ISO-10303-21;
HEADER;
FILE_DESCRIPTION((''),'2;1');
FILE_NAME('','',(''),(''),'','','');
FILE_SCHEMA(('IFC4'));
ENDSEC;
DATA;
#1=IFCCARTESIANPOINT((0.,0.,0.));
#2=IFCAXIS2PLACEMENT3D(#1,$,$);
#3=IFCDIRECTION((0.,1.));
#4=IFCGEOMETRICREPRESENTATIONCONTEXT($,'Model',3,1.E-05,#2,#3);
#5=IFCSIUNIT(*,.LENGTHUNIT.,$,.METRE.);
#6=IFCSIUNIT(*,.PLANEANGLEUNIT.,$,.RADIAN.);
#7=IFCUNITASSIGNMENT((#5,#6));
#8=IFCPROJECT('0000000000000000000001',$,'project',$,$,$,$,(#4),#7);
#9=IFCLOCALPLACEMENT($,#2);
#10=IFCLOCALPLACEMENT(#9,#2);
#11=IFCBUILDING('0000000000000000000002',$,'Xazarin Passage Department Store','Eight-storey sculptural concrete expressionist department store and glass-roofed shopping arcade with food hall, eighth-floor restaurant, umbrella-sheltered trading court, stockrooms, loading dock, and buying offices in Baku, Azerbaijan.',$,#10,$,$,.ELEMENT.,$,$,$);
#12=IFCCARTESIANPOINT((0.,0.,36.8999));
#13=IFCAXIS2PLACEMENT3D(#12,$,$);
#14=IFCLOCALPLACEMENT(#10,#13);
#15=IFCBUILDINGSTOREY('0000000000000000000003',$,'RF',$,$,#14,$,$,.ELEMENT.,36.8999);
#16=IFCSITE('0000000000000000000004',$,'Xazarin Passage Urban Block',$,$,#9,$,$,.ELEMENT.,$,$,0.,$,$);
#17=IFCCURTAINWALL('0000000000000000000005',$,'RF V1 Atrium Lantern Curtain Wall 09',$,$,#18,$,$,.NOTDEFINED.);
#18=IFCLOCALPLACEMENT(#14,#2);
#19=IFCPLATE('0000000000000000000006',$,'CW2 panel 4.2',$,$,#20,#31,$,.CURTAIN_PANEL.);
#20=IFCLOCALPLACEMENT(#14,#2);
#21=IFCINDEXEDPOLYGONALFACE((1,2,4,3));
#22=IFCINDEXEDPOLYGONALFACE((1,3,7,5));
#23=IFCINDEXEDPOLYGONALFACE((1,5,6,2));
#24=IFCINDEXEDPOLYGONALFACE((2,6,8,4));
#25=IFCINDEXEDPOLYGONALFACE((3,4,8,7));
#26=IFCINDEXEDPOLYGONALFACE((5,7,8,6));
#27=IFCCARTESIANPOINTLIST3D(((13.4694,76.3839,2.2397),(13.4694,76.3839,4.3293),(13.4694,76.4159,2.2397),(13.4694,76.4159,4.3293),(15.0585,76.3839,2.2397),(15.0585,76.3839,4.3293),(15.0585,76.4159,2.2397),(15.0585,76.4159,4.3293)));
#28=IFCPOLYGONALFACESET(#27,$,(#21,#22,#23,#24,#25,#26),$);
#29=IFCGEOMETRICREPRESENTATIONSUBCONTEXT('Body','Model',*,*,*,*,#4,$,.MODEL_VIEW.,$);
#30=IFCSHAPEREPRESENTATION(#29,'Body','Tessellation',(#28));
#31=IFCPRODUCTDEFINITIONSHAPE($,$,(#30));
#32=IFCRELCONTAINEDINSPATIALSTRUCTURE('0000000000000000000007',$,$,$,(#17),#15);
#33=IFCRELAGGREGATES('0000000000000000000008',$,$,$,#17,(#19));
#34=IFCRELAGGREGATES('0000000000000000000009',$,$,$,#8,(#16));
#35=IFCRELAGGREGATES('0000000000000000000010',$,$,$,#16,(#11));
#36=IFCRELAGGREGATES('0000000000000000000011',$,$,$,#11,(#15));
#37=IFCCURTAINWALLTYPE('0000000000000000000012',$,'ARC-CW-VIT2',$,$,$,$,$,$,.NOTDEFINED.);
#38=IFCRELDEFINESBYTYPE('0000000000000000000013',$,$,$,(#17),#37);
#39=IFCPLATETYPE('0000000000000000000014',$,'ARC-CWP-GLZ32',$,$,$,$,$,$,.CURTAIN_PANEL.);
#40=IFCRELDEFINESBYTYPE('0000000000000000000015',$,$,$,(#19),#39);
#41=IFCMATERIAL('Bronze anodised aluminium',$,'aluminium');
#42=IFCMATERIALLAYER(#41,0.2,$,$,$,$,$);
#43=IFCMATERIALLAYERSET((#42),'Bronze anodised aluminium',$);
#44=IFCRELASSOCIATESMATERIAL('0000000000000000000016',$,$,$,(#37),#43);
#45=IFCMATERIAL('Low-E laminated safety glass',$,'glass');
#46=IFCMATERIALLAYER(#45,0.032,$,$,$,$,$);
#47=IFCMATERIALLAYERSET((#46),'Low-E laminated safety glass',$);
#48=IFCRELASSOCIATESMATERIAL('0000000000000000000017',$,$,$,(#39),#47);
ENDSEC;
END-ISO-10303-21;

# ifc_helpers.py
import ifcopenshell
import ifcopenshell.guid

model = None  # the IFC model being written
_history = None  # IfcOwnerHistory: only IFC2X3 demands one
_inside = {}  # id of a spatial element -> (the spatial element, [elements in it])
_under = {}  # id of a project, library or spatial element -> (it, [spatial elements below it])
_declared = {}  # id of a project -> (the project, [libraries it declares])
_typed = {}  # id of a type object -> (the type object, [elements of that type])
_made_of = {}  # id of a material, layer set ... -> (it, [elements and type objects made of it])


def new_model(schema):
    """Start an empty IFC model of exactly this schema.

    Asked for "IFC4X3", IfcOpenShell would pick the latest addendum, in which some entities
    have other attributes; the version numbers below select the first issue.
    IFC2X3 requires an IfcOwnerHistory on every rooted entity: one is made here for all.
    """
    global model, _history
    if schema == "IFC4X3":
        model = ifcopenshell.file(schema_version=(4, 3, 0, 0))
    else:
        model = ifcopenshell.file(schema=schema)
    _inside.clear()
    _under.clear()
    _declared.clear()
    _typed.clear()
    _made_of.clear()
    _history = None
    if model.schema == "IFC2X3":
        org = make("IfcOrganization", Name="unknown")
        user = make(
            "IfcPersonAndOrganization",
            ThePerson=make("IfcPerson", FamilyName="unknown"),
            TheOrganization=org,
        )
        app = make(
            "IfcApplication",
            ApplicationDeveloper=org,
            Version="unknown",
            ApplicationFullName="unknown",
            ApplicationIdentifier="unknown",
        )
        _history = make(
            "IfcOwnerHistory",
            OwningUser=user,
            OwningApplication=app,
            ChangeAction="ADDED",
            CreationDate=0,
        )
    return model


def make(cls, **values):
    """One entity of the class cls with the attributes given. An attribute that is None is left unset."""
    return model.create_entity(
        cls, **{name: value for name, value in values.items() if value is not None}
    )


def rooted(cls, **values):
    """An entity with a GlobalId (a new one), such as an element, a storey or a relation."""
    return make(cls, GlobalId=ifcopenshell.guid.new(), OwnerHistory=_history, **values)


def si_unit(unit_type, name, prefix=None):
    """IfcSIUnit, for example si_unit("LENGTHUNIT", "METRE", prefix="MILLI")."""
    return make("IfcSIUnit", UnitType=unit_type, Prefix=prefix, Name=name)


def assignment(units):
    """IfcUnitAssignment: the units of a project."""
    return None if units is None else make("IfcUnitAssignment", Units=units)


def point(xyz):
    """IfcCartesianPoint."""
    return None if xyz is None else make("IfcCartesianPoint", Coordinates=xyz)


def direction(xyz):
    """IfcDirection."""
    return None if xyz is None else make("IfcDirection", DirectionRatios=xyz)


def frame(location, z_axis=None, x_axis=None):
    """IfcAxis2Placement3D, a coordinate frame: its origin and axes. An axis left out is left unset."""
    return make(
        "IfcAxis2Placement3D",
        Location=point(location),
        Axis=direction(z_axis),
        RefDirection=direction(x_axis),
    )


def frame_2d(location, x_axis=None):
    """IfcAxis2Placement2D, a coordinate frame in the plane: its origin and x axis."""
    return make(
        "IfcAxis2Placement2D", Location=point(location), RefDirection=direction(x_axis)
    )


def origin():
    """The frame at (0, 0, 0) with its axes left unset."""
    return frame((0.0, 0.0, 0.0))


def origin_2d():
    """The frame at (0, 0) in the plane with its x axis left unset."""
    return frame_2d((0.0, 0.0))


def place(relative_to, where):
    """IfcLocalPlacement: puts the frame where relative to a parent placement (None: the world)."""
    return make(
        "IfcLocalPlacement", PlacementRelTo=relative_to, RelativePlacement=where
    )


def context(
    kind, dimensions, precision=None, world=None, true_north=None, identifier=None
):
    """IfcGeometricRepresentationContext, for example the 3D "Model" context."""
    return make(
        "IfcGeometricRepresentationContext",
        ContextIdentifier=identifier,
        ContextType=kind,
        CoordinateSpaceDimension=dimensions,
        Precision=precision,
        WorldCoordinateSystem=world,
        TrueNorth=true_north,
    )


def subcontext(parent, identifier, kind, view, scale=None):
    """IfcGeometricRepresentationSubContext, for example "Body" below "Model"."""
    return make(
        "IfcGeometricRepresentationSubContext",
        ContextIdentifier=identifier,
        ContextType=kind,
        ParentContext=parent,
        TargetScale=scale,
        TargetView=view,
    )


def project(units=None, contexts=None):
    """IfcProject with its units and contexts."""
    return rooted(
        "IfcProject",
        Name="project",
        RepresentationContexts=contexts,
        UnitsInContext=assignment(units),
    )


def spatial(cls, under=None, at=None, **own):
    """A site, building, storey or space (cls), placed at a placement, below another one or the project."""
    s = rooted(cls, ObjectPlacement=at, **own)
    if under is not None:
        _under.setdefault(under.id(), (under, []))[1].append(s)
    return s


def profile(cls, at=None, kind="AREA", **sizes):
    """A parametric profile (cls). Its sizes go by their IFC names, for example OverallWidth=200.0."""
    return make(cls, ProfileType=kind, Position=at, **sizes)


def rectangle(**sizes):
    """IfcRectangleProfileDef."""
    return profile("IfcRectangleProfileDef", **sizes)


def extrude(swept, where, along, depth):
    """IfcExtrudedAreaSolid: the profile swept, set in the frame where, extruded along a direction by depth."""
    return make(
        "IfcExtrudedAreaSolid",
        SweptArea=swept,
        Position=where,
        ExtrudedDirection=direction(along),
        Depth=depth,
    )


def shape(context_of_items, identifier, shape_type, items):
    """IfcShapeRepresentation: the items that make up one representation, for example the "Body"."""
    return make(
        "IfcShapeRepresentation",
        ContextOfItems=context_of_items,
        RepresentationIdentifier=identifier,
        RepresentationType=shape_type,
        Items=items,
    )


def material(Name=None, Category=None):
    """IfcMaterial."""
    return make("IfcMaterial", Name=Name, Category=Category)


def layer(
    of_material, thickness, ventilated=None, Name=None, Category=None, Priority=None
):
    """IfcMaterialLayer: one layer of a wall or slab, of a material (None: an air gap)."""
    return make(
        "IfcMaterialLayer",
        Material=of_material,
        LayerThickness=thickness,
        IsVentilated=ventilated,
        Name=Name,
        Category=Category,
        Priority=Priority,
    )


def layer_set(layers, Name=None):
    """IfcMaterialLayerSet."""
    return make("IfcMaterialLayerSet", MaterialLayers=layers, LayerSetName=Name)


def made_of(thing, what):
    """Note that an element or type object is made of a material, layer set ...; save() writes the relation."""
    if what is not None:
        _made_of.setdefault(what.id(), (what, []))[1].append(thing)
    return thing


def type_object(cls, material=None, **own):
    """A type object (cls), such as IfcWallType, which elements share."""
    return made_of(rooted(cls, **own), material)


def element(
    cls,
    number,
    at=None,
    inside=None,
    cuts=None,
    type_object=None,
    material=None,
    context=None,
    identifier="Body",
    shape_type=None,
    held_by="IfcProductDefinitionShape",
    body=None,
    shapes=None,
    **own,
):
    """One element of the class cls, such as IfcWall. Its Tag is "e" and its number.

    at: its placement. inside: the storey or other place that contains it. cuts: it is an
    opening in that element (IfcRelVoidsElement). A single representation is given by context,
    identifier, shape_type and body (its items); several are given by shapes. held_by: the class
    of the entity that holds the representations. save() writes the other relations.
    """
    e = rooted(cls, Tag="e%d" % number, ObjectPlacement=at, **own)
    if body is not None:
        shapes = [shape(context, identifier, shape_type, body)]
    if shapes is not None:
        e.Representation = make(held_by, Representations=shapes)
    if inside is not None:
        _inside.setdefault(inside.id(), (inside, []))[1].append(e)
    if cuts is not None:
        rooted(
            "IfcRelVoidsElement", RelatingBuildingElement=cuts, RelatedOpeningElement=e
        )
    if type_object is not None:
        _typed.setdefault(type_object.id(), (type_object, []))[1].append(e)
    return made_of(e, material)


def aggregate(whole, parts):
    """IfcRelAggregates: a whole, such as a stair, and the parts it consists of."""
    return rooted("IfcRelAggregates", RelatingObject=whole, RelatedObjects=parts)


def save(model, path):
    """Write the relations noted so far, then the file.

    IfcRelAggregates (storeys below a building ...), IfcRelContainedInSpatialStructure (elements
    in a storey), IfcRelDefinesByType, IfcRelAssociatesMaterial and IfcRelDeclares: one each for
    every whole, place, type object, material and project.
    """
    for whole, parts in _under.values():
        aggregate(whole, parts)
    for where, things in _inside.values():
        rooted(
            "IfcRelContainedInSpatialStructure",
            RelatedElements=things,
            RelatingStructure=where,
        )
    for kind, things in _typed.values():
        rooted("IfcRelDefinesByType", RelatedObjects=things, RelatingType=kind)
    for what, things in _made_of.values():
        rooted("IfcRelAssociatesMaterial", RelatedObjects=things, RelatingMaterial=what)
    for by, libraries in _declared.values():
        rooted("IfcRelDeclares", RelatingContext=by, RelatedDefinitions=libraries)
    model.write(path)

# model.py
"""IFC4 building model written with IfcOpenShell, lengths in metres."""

from ifc_helpers import new_model, si_unit, direction, frame, origin, origin_2d, place, context, subcontext, project, spatial, rectangle, extrude, material, layer, layer_set, type_object, element, aggregate, save


model = new_model("IFC4")

# Units and contexts
model_context = context("Model", 3, precision=1e-05, world=origin(), true_north=direction((0.0, 1.0)))
body_context = subcontext(model_context, "Body", "Model", "MODEL_VIEW")
ifc_project = project(units=[si_unit("LENGTHUNIT", "METRE"), si_unit("PLANEANGLEUNIT", "RADIAN")], contexts=[model_context])

# Site, building, storey
site_placement = place(None, origin())
site = spatial("IfcSite", under=ifc_project, at=site_placement, Name="Xazarin Passage Urban Block", CompositionType="ELEMENT", RefElevation=0.0)
building_placement = place(site_placement, origin())
building = spatial("IfcBuilding", under=site, at=building_placement, Name="Xazarin Passage Department Store", Description="Eight-storey sculptural concrete expressionist department store and glass-roofed shopping arcade with food hall, eighth-floor restaurant, umbrella-sheltered trading court, stockrooms, loading dock, and buying offices in Baku, Azerbaijan.", CompositionType="ELEMENT")
storey_placement = place(building_placement, frame((0.0, 0.0, 36.8999)))
storey = spatial("IfcBuildingStorey", under=building, at=storey_placement, Name="RF", CompositionType="ELEMENT", Elevation=36.8999)

# Curtain wall, plate
ifc_material_1 = material(Name="Bronze anodised aluminium", Category="aluminium")
ifc_layer_1 = layer(ifc_material_1, 0.2)
ifc_layer_set_1 = layer_set([ifc_layer_1], Name="Bronze anodised aluminium")
curtain_wall_type = type_object("IfcCurtainWallType", Name="ARC-CW-VIT2", PredefinedType="NOTDEFINED", material=ifc_layer_set_1)
curtain_wall_placement = place(storey_placement, origin())
curtain_wall = element("IfcCurtainWall", 1, at=curtain_wall_placement, inside=storey, type_object=curtain_wall_type, Name="RF V1 Atrium Lantern Curtain Wall 09", PredefinedType="NOTDEFINED")
ifc_material_2 = material(Name="Low-E laminated safety glass", Category="glass")
ifc_layer_2 = layer(ifc_material_2, 0.032)
ifc_layer_set_2 = layer_set([ifc_layer_2], Name="Low-E laminated safety glass")
plate_type = type_object("IfcPlateType", Name="ARC-CWP-GLZ32", PredefinedType="CURTAIN_PANEL", material=ifc_layer_set_2)
plate_1_placement = place(storey_placement, frame((14.2639, 76.3999, 2.2397), z_axis=(0.0, 0.0, 1.0), x_axis=(1.0, 0.0, 0.0)))
plate_1 = element("IfcPlate", 2, at=plate_1_placement, type_object=plate_type, Name="CW2 panel 4.2", PredefinedType="CURTAIN_PANEL", context=body_context, shape_type="SweptSolid", body=[
    extrude(rectangle(XDim=1.5891, YDim=0.032, at=origin_2d()), origin(), (0.0, 0.0, 1.0), 2.0896),
])
aggregate(curtain_wall, [plate_1])

save(model, "model.ifc")
